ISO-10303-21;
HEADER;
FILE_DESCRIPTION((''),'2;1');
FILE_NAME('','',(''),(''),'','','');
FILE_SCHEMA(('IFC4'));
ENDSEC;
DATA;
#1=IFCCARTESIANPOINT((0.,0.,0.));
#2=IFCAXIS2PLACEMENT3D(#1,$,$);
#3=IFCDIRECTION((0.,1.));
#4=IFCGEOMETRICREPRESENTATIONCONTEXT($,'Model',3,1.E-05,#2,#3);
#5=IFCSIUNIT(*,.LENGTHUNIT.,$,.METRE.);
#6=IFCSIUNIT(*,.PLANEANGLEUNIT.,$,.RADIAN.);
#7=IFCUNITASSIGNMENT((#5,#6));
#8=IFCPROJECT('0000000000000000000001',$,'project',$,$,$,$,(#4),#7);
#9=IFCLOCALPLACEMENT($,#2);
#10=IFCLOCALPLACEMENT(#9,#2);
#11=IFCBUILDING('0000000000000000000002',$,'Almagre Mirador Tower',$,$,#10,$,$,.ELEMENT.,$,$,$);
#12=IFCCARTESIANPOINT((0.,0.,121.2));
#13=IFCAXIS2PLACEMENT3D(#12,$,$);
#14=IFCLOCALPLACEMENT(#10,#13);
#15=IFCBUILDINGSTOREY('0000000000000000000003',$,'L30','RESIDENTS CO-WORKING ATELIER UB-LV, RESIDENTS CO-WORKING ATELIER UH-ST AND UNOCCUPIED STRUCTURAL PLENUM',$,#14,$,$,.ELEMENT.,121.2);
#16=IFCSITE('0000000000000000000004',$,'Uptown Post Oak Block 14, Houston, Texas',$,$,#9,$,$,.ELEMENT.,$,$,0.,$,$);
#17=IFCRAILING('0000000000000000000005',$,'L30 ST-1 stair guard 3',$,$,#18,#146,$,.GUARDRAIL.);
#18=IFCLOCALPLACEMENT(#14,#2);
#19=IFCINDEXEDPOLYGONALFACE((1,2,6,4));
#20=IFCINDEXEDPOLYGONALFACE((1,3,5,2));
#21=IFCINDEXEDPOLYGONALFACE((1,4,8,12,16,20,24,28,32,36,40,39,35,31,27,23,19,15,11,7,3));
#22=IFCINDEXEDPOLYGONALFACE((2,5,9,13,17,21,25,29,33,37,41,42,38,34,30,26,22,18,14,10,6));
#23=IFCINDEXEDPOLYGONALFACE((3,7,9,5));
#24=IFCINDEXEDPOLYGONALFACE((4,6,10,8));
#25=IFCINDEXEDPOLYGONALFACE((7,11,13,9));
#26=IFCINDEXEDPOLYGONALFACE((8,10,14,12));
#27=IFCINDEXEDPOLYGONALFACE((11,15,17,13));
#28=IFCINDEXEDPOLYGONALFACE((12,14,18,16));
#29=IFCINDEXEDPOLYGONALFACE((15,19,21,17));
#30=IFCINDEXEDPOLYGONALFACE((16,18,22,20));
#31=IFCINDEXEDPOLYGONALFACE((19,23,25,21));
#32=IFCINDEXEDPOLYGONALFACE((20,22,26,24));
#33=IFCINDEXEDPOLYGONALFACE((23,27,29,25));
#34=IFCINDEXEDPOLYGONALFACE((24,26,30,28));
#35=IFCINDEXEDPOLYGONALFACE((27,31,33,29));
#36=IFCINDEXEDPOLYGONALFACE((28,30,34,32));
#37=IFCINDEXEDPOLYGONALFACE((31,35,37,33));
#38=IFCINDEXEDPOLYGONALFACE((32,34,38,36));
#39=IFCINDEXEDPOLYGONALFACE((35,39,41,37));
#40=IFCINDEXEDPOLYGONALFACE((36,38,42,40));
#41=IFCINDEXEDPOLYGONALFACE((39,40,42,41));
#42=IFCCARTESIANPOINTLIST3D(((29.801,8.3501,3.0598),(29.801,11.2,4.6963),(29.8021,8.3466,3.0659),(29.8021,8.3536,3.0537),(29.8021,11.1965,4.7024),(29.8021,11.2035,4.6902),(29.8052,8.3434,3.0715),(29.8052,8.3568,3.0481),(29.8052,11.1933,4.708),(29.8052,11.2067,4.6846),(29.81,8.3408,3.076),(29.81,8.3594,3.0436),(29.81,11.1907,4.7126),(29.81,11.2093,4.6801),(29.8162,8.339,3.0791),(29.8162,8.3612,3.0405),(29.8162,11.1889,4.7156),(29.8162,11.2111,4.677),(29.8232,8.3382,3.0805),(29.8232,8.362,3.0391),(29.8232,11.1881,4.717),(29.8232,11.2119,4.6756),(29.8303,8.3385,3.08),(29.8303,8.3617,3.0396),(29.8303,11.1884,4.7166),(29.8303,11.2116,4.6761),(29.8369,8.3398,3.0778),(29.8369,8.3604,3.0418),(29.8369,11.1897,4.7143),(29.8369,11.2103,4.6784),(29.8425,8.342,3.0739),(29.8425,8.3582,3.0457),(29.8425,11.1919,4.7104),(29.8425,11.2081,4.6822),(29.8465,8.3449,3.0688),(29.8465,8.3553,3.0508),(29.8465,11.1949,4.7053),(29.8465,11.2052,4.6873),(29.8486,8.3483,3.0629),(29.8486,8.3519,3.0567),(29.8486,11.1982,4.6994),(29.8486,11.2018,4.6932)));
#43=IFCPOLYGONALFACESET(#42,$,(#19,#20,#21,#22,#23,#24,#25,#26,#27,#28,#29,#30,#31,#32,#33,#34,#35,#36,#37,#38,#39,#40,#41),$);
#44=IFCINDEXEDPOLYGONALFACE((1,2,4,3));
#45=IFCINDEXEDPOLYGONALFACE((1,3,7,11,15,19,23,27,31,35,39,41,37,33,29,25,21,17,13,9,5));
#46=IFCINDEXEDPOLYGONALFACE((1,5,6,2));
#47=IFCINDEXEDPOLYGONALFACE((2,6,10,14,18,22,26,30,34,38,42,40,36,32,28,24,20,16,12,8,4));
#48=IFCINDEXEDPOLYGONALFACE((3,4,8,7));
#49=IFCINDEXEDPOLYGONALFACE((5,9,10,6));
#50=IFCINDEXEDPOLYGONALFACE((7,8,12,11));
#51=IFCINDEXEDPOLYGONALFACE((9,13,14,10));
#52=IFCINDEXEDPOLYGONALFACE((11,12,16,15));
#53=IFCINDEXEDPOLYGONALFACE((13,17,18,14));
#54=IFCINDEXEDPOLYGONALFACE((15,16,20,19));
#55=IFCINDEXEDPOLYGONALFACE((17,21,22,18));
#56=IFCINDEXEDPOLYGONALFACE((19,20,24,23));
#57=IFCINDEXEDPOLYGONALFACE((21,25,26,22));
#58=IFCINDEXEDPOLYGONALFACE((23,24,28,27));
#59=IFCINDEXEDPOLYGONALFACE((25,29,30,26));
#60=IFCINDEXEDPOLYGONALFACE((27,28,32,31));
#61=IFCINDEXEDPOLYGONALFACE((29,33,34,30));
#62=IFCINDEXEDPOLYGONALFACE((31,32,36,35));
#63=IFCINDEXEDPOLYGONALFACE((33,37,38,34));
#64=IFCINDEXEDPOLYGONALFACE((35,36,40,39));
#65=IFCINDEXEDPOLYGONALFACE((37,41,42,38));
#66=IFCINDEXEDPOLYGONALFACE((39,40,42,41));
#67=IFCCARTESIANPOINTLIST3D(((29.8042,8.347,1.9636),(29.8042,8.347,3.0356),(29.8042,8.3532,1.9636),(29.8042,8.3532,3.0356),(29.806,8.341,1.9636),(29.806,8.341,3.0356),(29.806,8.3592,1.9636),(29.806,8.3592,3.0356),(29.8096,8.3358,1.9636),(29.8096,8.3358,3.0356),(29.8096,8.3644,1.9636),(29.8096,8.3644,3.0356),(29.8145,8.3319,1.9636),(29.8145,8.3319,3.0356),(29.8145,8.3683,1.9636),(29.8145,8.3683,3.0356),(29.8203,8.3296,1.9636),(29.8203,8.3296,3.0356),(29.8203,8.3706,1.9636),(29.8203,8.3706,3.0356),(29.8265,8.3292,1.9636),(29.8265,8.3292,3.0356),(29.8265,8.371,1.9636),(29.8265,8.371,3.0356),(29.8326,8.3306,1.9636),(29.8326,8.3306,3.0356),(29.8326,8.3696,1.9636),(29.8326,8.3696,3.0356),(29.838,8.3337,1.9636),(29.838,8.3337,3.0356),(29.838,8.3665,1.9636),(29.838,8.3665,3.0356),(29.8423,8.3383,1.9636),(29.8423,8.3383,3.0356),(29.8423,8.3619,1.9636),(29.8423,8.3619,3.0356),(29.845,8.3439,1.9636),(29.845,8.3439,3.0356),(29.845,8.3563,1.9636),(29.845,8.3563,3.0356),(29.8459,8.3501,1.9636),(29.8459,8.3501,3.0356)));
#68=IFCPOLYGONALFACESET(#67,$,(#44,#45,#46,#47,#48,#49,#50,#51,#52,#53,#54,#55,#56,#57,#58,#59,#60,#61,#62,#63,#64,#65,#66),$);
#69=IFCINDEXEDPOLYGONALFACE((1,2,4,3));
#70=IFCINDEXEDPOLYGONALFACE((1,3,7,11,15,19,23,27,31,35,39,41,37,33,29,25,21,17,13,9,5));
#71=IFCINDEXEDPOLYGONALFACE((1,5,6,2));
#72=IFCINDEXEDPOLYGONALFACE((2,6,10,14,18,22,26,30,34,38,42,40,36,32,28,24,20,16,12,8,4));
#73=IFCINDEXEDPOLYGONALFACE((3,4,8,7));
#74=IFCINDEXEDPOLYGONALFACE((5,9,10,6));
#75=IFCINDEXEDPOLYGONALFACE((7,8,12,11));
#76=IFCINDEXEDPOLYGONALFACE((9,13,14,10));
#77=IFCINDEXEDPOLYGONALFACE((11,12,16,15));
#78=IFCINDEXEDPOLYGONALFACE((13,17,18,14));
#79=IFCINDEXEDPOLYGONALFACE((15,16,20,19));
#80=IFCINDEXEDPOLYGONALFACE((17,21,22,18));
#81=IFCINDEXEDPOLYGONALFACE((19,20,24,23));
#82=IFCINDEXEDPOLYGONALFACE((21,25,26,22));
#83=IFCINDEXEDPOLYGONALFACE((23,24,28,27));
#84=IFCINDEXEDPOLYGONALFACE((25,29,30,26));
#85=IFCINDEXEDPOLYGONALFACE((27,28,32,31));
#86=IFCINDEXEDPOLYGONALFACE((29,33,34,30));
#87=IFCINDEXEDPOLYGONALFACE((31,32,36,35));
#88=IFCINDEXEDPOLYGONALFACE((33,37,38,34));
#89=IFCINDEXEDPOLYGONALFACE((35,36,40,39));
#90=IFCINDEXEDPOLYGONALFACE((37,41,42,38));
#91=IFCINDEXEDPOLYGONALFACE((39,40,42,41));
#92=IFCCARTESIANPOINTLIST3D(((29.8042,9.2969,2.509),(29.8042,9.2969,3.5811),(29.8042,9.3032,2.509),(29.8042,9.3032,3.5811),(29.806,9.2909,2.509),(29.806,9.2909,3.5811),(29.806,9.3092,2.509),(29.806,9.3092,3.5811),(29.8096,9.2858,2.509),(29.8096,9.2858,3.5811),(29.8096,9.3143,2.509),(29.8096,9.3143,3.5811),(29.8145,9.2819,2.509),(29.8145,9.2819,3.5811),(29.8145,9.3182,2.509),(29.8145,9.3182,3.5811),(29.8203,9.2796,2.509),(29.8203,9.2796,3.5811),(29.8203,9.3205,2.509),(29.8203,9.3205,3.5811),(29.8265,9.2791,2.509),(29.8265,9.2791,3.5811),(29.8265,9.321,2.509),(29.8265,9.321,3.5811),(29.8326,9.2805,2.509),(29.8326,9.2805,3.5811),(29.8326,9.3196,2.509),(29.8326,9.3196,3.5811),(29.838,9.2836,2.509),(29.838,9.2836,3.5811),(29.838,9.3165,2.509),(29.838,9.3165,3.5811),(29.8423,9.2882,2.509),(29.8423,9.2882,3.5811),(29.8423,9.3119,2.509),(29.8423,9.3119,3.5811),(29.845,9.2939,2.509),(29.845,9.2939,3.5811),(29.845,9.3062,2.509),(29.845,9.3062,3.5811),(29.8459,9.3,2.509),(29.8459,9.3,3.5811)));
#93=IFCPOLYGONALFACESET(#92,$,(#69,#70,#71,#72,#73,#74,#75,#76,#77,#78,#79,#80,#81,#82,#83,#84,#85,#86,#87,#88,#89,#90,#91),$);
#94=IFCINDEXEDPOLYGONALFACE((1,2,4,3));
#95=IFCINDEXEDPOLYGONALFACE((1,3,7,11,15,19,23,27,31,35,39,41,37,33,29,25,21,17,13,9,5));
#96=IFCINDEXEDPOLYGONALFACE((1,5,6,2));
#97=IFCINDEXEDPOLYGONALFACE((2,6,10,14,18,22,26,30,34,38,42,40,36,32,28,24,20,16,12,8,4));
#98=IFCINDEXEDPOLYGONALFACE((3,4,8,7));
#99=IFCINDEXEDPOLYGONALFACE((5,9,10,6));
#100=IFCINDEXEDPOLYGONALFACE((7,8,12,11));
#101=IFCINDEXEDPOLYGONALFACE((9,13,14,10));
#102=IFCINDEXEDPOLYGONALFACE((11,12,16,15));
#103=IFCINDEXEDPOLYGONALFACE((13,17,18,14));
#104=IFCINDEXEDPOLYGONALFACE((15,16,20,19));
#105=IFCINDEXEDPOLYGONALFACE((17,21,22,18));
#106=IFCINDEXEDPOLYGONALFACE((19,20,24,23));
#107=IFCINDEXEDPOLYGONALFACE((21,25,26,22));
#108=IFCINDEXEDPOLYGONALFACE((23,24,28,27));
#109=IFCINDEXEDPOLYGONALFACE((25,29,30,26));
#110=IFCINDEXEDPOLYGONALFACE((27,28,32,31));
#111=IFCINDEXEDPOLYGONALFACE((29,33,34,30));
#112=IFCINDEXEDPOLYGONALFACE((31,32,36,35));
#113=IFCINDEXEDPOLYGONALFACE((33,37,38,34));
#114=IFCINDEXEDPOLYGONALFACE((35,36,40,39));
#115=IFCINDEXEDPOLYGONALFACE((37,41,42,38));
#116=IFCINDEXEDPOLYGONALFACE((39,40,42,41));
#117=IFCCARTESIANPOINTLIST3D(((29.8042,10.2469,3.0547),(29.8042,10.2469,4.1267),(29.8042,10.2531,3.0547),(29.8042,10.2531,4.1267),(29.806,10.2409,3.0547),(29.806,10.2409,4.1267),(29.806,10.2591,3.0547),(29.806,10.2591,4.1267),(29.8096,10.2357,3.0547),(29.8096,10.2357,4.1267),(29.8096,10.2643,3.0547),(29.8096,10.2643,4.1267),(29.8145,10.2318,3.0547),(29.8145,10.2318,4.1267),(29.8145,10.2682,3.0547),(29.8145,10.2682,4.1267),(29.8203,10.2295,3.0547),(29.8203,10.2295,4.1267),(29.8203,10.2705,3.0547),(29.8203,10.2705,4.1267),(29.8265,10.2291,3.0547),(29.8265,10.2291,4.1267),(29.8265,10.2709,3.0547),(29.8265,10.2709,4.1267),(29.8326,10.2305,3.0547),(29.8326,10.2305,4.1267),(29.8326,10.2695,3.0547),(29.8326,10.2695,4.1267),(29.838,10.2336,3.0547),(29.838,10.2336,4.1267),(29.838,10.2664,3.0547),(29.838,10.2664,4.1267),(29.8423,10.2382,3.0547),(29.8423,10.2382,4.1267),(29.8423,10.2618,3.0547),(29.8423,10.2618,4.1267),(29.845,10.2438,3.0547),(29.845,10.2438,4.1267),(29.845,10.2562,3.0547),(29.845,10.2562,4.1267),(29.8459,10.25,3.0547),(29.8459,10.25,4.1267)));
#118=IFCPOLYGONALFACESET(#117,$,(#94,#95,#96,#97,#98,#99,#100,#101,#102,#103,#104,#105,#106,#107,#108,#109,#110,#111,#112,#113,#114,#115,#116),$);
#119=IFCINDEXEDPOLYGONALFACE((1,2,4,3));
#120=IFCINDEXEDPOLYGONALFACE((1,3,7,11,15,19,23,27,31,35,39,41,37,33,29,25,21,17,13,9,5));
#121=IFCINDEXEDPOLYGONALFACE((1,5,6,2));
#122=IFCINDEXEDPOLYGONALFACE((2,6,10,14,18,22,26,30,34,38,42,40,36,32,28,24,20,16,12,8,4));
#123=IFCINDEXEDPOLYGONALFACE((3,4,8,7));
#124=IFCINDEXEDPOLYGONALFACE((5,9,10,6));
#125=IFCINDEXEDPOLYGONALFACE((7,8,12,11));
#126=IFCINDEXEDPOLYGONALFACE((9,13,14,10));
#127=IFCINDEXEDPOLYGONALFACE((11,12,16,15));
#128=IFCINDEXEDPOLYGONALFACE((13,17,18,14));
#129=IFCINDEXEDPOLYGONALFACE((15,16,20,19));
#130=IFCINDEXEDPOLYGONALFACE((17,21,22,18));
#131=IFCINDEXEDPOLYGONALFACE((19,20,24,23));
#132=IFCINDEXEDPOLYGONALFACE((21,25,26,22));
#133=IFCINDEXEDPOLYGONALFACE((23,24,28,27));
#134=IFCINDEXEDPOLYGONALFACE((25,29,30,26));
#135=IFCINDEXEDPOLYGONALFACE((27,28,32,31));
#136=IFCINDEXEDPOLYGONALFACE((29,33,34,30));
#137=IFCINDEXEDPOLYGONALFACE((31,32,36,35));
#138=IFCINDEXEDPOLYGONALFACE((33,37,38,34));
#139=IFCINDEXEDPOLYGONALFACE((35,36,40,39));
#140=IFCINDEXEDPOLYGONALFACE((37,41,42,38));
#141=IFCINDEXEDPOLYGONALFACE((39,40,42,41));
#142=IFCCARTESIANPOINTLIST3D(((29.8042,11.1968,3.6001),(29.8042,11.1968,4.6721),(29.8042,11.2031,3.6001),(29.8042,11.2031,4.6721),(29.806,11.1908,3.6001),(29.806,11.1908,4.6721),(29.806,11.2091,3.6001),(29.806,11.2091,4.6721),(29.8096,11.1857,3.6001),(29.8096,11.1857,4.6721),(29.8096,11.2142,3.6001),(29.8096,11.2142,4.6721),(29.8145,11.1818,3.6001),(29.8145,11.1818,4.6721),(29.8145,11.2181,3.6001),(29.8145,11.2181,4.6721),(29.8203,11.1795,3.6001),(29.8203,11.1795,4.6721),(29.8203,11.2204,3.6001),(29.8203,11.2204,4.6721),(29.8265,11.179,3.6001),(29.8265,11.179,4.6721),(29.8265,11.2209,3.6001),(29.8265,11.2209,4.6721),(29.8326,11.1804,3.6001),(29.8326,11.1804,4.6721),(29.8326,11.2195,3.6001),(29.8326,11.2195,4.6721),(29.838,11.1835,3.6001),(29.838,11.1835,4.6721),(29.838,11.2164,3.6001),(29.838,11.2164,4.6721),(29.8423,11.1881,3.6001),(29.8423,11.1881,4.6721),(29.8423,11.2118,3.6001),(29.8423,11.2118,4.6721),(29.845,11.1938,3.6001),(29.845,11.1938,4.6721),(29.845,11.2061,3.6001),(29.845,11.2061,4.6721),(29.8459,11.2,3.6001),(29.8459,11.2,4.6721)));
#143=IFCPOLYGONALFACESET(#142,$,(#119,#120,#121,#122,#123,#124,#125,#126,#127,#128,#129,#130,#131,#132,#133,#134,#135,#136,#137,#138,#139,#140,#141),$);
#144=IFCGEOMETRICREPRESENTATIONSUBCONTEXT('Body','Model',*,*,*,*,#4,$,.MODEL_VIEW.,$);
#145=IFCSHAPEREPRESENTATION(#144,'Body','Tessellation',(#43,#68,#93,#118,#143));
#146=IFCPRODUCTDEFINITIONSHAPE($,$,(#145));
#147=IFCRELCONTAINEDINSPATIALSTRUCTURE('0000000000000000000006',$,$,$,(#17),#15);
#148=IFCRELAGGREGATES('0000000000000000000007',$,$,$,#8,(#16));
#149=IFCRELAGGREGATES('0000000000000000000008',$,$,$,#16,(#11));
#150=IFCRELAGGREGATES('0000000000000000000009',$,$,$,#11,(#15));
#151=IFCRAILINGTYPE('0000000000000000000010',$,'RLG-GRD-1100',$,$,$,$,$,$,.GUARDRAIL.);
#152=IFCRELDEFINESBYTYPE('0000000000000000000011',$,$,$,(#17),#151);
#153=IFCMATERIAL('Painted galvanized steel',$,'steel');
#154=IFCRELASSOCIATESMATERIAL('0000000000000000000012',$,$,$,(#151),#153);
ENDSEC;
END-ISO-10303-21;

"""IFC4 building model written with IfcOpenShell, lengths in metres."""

from ifc_helpers import new_model, si_unit, direction, frame, origin, origin_2d, place, context, subcontext, project, spatial, circle, extrude, material, type_object, element, save


model = new_model("IFC4")

# Units and contexts
model_context = context("Model", 3, precision=1e-05, world=origin(), true_north=direction((0.0, 1.0)))
body_context = subcontext(model_context, "Body", "Model", "MODEL_VIEW")
ifc_project = project(units=[si_unit("LENGTHUNIT", "METRE"), si_unit("PLANEANGLEUNIT", "RADIAN")], contexts=[model_context])

# Site, building, storey
site_placement = place(None, origin())
site = spatial("IfcSite", under=ifc_project, at=site_placement, Name="Uptown Post Oak Block 14, Houston, Texas", CompositionType="ELEMENT", RefElevation=0.0)
building_placement = place(site_placement, origin())
building = spatial("IfcBuilding", under=site, at=building_placement, Name="Almagre Mirador Tower", CompositionType="ELEMENT")
storey_placement = place(building_placement, frame((0.0, 0.0, 121.2)))
storey = spatial("IfcBuildingStorey", under=building, at=storey_placement, Name="L30", Description="RESIDENTS CO-WORKING ATELIER UB-LV, RESIDENTS CO-WORKING ATELIER UH-ST AND UNOCCUPIED STRUCTURAL PLENUM", CompositionType="ELEMENT", Elevation=121.2)

# Railing
ifc_material_1 = material(Name="Painted galvanized steel", Category="steel")
railing_type_1 = type_object("IfcRailingType", Name="RLG-GRD-1100", PredefinedType="GUARDRAIL", material=ifc_material_1)
railing_1_placement = place(storey_placement, frame((29.825, 8.3501, 1.9636)))
element("IfcRailing", 1, at=railing_1_placement, inside=storey, type_object=railing_type_1, Name="L30 ST-1 stair guard 3", PredefinedType="GUARDRAIL", context=body_context, shape_type="SweptSolid", body=[
    extrude(circle(Radius=0.0239, at=origin_2d()), frame((0.0, 0.0, 1.0962), z_axis=(0.0, 0.867194, 0.49797), x_axis=(-1.0, 0.0, 0.0)), (0.0, 0.0, 1.0), 3.2864),
    extrude(circle(Radius=0.021, at=origin_2d()), origin(), (0.0, 0.0, 1.0), 1.072),
    extrude(circle(Radius=0.021, at=origin_2d()), frame((0.0, 0.95, 0.5454)), (0.0, 0.0, 1.0), 1.072),
    extrude(circle(Radius=0.021, at=origin_2d()), frame((0.0, 1.8999, 1.0911)), (0.0, 0.0, 1.0), 1.072),
    extrude(circle(Radius=0.021, at=origin_2d()), frame((0.0, 2.8499, 1.6365)), (0.0, 0.0, 1.0), 1.072),
])

save(model, "model.ifc")
